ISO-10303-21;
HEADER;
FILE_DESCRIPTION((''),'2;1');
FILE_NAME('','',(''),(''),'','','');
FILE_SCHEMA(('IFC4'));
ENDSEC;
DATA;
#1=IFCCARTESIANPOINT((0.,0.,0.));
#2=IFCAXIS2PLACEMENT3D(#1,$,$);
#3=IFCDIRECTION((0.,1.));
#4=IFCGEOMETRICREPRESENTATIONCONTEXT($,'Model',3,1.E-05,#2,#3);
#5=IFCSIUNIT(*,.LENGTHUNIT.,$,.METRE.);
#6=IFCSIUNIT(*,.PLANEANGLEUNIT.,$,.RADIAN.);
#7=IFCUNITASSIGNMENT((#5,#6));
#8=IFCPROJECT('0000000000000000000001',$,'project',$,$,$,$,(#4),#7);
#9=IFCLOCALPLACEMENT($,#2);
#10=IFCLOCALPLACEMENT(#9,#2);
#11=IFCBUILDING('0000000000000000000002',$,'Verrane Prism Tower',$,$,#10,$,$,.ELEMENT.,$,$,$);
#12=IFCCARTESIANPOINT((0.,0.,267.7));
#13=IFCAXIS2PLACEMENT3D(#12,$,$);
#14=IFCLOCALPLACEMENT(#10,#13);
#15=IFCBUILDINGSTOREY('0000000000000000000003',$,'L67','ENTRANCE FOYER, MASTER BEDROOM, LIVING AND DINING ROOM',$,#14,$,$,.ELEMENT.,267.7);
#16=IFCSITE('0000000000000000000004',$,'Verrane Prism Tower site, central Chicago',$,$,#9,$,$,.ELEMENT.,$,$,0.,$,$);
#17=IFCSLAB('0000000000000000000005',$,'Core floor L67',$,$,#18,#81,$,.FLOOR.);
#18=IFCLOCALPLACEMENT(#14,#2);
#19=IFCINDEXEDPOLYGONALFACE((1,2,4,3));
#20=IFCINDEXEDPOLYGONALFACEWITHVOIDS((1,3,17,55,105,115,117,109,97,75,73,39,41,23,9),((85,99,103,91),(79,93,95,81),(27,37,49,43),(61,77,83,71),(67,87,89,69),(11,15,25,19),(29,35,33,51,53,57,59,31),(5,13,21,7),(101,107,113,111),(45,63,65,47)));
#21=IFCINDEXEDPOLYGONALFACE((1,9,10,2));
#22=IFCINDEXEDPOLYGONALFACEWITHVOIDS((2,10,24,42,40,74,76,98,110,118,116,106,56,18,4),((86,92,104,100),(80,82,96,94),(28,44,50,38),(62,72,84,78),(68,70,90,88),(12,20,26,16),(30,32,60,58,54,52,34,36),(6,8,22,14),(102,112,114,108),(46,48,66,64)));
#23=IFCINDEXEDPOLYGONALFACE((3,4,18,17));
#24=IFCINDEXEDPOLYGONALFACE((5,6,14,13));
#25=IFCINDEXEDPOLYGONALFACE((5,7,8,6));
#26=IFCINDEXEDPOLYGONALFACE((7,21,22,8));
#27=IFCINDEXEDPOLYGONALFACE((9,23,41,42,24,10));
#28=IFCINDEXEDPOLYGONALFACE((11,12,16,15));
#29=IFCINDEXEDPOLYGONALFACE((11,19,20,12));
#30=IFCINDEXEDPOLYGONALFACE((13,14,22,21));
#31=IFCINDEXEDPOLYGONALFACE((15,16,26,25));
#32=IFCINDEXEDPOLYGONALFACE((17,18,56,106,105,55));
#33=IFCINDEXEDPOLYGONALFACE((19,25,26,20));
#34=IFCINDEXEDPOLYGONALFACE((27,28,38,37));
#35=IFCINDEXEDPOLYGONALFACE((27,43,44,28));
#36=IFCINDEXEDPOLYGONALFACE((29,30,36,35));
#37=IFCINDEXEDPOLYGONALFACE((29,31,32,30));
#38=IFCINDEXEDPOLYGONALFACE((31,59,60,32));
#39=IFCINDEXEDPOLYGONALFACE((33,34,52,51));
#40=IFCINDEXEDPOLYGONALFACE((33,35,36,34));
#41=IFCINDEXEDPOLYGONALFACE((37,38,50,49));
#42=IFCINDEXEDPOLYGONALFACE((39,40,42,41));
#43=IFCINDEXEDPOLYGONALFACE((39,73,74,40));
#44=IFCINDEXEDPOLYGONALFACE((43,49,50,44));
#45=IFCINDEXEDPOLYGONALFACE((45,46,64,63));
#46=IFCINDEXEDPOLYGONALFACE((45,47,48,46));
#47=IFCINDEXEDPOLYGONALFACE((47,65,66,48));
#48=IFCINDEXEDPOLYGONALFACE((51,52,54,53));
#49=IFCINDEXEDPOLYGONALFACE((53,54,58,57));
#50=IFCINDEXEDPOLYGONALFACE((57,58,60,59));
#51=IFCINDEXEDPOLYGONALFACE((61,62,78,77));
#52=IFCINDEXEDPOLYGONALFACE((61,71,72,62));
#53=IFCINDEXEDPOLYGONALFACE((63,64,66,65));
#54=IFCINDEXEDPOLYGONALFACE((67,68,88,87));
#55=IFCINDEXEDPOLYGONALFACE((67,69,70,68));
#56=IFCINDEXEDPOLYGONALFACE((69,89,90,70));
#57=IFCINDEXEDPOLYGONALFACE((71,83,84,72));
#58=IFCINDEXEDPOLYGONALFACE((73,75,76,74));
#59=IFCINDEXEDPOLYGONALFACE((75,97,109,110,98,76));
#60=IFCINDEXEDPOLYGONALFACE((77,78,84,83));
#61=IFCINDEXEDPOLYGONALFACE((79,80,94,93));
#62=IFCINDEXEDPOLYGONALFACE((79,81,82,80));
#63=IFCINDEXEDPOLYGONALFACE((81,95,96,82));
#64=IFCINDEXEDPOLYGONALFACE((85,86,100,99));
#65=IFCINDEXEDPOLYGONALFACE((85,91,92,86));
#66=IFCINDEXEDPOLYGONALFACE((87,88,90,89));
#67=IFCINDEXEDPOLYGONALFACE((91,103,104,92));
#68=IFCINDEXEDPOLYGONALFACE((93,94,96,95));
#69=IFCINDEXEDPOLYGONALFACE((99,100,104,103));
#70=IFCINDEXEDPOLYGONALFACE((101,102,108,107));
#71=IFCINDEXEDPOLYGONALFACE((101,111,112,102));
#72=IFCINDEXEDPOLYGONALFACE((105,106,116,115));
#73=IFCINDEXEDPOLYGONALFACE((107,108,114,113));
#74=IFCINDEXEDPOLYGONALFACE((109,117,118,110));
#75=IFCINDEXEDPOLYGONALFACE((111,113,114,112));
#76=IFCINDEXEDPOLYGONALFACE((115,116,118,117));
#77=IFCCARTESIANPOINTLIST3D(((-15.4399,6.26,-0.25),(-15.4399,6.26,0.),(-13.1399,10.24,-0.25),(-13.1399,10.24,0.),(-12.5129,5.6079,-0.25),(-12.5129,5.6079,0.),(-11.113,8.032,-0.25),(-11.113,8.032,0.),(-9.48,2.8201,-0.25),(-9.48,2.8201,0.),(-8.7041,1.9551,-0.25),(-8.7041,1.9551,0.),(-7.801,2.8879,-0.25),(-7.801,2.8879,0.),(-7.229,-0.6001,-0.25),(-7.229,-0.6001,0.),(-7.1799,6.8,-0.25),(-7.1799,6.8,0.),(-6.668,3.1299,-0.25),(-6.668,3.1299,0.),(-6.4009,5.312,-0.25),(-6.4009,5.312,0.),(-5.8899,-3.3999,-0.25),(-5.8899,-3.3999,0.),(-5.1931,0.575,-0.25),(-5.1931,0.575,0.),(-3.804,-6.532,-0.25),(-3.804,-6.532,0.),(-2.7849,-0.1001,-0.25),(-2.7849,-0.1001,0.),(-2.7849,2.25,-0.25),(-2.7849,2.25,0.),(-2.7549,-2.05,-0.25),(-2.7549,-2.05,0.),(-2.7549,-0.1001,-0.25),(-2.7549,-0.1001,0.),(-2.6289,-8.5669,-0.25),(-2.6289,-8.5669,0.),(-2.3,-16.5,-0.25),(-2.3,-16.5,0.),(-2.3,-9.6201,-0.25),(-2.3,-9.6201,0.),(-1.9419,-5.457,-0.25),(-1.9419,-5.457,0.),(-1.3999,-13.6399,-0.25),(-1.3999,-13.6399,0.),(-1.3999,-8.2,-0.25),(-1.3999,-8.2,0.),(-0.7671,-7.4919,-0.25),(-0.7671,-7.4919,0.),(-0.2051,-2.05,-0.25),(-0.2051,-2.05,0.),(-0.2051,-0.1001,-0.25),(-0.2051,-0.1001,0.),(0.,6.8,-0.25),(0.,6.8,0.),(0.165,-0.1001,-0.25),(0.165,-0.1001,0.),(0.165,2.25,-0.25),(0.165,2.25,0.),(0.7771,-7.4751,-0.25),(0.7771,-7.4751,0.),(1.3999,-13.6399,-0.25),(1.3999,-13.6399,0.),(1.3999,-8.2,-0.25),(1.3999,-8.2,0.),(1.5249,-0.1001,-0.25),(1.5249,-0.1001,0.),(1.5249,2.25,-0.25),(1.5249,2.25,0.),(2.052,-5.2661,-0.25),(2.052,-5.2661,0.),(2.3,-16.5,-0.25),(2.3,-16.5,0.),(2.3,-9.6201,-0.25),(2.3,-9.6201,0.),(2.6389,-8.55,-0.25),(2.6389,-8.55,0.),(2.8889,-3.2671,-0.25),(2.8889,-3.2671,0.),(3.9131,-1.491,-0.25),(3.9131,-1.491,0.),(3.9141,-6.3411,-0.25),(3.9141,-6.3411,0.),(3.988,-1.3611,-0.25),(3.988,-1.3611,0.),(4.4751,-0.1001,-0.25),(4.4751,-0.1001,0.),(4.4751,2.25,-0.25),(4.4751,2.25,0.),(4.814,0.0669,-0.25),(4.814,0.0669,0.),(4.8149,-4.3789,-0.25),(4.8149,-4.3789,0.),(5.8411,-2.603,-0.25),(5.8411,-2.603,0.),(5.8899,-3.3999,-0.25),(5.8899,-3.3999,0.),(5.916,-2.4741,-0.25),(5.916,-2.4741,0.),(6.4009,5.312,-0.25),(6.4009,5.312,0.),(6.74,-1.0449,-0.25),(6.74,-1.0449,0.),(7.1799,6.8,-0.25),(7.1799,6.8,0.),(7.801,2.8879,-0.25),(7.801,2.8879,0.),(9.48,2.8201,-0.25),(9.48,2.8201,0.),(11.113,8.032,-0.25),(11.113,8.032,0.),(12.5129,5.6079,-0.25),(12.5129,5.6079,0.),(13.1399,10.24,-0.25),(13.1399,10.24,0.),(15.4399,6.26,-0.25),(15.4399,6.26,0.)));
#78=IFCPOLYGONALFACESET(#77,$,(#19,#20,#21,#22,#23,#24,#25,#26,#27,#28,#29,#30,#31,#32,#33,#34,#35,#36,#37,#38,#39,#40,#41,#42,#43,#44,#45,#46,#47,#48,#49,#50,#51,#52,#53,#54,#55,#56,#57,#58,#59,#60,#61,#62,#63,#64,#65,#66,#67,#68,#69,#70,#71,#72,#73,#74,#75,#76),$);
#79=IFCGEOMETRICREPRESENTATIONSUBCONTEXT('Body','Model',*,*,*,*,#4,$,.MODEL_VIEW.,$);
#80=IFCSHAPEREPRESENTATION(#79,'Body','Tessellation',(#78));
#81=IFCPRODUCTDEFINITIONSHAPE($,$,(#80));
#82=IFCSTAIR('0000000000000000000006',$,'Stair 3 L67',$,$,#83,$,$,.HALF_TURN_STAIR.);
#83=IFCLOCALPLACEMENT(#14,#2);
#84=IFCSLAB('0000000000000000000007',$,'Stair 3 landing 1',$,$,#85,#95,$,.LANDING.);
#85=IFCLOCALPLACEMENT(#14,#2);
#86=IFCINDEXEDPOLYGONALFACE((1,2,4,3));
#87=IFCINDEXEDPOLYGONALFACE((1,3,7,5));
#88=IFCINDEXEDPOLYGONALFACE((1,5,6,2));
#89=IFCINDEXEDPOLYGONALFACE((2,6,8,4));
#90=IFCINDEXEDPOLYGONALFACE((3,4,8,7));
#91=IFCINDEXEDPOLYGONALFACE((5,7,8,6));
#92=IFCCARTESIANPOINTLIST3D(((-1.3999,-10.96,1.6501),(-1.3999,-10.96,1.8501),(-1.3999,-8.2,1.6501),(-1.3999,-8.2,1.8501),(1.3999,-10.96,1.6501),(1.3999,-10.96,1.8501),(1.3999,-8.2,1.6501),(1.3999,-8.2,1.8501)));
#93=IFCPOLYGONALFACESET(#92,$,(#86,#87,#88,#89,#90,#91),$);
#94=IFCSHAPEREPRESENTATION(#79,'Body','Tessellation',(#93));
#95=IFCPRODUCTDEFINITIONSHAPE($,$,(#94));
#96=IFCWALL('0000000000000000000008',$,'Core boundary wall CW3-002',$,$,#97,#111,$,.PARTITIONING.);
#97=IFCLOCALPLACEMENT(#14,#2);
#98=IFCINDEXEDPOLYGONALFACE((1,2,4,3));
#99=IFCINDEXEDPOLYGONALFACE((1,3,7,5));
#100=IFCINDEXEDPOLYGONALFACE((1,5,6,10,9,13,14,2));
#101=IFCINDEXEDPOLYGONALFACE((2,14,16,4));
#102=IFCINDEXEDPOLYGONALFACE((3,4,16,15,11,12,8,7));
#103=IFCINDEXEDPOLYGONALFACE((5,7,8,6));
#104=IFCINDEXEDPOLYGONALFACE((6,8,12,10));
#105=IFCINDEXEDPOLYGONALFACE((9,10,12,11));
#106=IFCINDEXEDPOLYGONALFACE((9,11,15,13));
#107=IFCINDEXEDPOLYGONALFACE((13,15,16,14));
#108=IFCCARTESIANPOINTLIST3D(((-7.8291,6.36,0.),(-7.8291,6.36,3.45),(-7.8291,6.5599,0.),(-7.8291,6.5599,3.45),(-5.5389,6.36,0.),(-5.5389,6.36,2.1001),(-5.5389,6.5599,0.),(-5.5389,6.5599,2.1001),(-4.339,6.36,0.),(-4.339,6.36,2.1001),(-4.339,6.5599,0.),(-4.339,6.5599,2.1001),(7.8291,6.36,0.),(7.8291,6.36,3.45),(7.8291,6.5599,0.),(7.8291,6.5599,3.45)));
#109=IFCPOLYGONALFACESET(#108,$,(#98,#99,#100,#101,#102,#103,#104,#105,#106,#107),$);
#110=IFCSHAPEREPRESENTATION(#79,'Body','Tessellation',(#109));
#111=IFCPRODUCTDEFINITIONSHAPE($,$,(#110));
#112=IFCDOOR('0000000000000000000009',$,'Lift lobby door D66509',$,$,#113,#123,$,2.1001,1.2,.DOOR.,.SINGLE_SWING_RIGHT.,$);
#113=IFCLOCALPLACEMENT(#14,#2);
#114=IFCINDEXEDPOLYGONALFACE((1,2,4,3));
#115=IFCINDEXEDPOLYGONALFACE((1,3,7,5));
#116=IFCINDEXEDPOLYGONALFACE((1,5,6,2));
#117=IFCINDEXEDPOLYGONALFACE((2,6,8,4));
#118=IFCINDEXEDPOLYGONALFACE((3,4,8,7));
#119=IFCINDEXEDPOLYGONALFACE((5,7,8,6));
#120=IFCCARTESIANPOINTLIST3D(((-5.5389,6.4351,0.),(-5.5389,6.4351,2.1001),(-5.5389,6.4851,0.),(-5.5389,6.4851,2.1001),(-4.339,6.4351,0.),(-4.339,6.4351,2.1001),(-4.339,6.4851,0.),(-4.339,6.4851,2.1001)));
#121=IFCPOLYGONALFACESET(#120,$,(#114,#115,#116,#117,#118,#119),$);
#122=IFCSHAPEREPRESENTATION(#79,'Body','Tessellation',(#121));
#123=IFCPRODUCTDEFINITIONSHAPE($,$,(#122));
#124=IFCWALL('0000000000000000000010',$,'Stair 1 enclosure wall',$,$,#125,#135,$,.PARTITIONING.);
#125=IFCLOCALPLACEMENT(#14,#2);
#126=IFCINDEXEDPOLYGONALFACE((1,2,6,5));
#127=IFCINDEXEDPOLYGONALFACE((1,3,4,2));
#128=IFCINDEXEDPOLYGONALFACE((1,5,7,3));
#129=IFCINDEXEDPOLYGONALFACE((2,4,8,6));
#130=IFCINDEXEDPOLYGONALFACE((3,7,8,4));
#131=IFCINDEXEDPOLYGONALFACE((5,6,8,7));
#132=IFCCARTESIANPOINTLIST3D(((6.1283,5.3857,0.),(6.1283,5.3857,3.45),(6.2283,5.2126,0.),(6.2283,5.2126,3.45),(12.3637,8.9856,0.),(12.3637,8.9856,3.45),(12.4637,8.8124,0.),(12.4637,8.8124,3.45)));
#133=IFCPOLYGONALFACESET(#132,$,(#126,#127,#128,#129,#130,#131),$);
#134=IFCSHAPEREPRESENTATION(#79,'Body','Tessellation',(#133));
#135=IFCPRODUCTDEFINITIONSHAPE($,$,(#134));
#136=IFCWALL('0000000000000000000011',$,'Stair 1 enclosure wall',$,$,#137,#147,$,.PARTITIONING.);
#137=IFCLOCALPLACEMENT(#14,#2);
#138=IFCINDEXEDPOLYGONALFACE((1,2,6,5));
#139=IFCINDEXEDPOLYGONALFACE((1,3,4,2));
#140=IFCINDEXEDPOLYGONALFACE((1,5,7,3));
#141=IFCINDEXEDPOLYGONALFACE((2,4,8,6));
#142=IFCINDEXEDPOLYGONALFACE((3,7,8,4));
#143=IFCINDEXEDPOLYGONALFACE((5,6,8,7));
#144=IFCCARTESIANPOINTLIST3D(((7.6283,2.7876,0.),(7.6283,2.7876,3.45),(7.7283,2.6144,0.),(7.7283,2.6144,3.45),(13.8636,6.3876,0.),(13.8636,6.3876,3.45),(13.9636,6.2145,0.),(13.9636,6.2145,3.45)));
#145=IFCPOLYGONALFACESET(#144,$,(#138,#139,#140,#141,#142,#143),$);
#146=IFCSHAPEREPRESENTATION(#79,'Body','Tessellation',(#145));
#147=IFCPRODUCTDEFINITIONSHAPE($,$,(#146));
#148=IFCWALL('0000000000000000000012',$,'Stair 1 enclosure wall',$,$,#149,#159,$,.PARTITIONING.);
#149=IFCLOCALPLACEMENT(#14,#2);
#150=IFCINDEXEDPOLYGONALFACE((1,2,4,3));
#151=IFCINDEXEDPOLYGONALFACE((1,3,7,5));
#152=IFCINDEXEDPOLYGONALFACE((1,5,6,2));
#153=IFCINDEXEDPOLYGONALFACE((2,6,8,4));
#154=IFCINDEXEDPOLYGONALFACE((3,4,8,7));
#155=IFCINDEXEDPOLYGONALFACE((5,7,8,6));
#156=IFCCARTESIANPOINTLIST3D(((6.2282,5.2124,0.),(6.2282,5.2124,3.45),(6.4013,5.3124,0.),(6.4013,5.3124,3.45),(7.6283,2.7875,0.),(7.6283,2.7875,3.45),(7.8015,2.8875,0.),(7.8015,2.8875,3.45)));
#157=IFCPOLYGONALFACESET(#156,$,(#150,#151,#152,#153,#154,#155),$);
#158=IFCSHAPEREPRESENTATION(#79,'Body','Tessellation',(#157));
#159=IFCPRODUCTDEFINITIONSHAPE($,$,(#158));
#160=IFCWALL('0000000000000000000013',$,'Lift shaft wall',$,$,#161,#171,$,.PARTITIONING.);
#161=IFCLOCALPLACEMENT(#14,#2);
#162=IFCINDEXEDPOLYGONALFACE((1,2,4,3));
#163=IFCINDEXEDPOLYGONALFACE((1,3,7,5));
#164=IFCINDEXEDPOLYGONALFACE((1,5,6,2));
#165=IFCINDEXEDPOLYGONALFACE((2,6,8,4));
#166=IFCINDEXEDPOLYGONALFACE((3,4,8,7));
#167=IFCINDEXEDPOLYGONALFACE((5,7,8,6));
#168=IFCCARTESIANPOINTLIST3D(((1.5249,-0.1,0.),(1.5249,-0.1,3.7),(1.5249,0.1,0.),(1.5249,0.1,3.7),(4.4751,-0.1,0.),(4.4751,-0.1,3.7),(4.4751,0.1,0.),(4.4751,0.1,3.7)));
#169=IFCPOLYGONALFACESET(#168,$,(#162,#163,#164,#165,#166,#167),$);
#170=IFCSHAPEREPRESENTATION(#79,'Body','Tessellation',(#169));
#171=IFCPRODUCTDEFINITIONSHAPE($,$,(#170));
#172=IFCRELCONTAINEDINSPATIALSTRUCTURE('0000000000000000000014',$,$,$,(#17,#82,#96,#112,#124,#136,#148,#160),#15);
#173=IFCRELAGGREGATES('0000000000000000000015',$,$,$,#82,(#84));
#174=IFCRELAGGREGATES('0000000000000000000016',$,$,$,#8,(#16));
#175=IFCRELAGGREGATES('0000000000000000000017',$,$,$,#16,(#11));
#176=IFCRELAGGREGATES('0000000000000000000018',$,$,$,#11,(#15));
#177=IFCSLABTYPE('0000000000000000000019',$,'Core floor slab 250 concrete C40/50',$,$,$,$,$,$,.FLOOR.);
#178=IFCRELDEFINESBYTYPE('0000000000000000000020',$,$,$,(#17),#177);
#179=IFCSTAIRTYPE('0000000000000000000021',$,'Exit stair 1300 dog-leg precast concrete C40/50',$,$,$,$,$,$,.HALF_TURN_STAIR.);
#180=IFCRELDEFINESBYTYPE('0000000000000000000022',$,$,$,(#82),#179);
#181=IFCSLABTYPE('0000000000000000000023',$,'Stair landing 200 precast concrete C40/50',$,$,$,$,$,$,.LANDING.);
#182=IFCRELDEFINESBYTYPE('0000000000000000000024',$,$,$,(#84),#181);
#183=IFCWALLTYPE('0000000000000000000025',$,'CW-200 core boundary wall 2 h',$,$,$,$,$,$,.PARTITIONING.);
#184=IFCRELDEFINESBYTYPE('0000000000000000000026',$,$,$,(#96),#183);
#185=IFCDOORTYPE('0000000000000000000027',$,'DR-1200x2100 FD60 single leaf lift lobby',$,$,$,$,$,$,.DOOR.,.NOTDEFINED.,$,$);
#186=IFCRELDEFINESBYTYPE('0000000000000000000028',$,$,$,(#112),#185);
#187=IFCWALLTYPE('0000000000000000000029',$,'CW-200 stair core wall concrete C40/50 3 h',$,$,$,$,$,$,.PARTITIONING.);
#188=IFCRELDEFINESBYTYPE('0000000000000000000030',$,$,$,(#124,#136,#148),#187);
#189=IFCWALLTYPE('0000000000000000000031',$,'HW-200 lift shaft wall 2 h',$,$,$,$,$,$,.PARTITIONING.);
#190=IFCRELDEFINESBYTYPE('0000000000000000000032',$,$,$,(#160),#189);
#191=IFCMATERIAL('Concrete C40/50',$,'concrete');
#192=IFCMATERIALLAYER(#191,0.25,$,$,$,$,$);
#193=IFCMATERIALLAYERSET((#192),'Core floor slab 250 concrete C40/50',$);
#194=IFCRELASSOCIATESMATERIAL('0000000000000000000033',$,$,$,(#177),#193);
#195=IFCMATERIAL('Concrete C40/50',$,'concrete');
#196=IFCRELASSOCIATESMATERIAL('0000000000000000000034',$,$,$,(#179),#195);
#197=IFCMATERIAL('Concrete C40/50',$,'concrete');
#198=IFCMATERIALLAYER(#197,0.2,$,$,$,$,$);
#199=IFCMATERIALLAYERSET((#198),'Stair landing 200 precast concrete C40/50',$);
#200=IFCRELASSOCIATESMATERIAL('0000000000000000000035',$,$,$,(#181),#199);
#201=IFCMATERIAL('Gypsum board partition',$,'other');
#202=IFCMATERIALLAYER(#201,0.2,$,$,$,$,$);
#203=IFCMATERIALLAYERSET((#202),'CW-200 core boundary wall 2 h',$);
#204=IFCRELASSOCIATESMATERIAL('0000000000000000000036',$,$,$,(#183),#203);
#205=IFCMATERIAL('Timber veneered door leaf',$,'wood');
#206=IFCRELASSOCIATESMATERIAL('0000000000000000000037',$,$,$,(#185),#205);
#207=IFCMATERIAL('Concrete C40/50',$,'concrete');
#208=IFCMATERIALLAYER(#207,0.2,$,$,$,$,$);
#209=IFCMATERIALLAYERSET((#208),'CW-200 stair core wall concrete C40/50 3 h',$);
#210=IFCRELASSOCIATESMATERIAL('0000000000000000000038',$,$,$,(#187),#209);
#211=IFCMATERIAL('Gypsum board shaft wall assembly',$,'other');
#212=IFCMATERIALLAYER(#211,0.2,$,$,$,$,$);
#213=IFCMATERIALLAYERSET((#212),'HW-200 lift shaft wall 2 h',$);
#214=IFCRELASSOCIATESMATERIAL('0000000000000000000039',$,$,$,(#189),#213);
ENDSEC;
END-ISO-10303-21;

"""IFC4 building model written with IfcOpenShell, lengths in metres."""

from ifc_helpers import new_model, si_unit, direction, frame, frame_2d, origin, place, context, subcontext, project, spatial, polyline, rectangle, outline, extrude, material, layer, layer_set, type_object, element, fill, aggregate, save


model = new_model("IFC4")

# Units and contexts
model_context = context("Model", 3, precision=1e-05, world=origin(), true_north=direction((0.0, 1.0)))
body_context = subcontext(model_context, "Body", "Model", "MODEL_VIEW")
ifc_project = project(units=[si_unit("LENGTHUNIT", "METRE"), si_unit("PLANEANGLEUNIT", "RADIAN")], contexts=[model_context])

# Site, building, storey
site_placement = place(None, origin())
site = spatial("IfcSite", under=ifc_project, at=site_placement, Name="Verrane Prism Tower site, central Chicago", CompositionType="ELEMENT", RefElevation=0.0)
building_placement = place(site_placement, origin())
building = spatial("IfcBuilding", under=site, at=building_placement, Name="Verrane Prism Tower", CompositionType="ELEMENT")
storey_placement = place(building_placement, frame((0.0, 0.0, 267.7)))
storey = spatial("IfcBuildingStorey", under=building, at=storey_placement, Name="L67", Description="ENTRANCE FOYER, MASTER BEDROOM, LIVING AND DINING ROOM", CompositionType="ELEMENT", Elevation=267.7)

# Slab
ifc_material_1 = material(Name="Concrete C40/50", Category="concrete")
ifc_layer_1 = layer(ifc_material_1, 0.25)
ifc_layer_set_1 = layer_set([ifc_layer_1], Name="Core floor slab 250 concrete C40/50")
slab_type_1 = type_object("IfcSlabType", Name="Core floor slab 250 concrete C40/50", PredefinedType="FLOOR", material=ifc_layer_set_1)
slab_1_placement = place(storey_placement, frame((0.0, 0.0, -0.25)))
element("IfcSlab", 1, at=slab_1_placement, inside=storey, type_object=slab_type_1, Name="Core floor L67", PredefinedType="FLOOR", context=body_context, shape_type="SweptSolid", body=[
    extrude(outline(polyline([(9.48, 2.8201), (15.4399, 6.26), (13.1399, 10.24), (7.1799, 6.8), (0.0, 6.8), (-7.1799, 6.8), (-13.1399, 10.24), (-15.4399, 6.26), (-9.48, 2.8201), (-5.8899, -3.3999), (-2.3, -9.6201), (-2.3, -16.5), (2.3, -16.5), (2.3, -9.6201), (5.8899, -3.3999), (9.48, 2.8201)]), holes=[polyline([(-1.3999, -8.2), (1.3999, -8.2), (1.3999, -13.6399), (-1.3999, -13.6399), (-1.3999, -8.2)]), polyline([(-0.7671, -7.4919), (-2.6289, -8.5669), (-3.804, -6.532), (-1.9419, -5.457), (-0.7671, -7.4919)]), polyline([(3.9141, -6.3411), (2.6389, -8.55), (0.7771, -7.4751), (2.052, -5.2661), (3.9141, -6.3411)]), polyline([(4.8149, -4.3789), (2.8889, -3.2671), (3.9131, -1.491), (5.8411, -2.603), (4.8149, -4.3789)]), polyline([(6.74, -1.0449), (5.916, -2.4741), (3.988, -1.3611), (4.814, 0.0669), (6.74, -1.0449)]), polyline([(-2.7849, -0.1001), (-2.7849, 2.25), (0.165, 2.25), (0.165, -0.1001), (-0.2051, -0.1001), (-0.2051, -2.05), (-2.7549, -2.05), (-2.7549, -0.1001), (-2.7849, -0.1001)]), polyline([(4.4751, 2.25), (4.4751, -0.1001), (1.5249, -0.1001), (1.5249, 2.25), (4.4751, 2.25)]), polyline([(-8.7041, 1.9551), (-6.668, 3.1299), (-5.1931, 0.575), (-7.229, -0.6001), (-8.7041, 1.9551)]), polyline([(-7.801, 2.8879), (-12.5129, 5.6079), (-11.113, 8.032), (-6.4009, 5.312), (-7.801, 2.8879)]), polyline([(6.4009, 5.312), (11.113, 8.032), (12.5129, 5.6079), (7.801, 2.8879), (6.4009, 5.312)])]), origin(), (0.0, 0.0, 1.0), 0.25),
])

# Stair, slab
ifc_material_2 = material(Name="Concrete C40/50", Category="concrete")
stair_type = type_object("IfcStairType", Name="Exit stair 1300 dog-leg precast concrete C40/50", PredefinedType="HALF_TURN_STAIR", material=ifc_material_2)
stair_1_placement = place(storey_placement, origin())
stair_1 = element("IfcStair", 2, at=stair_1_placement, inside=storey, type_object=stair_type, Name="Stair 3 L67", PredefinedType="HALF_TURN_STAIR")
ifc_material_3 = material(Name="Concrete C40/50", Category="concrete")
ifc_layer_2 = layer(ifc_material_3, 0.2)
ifc_layer_set_2 = layer_set([ifc_layer_2], Name="Stair landing 200 precast concrete C40/50")
slab_type_2 = type_object("IfcSlabType", Name="Stair landing 200 precast concrete C40/50", PredefinedType="LANDING", material=ifc_layer_set_2)
slab_2_placement = place(storey_placement, frame((0.0, 0.0, 1.6501)))
slab_2 = element("IfcSlab", 3, at=slab_2_placement, type_object=slab_type_2, Name="Stair 3 landing 1", PredefinedType="LANDING", context=body_context, shape_type="SweptSolid", body=[
    extrude(outline(polyline([(1.3999, -10.96), (1.3999, -8.2), (-1.3999, -8.2), (-1.3999, -10.96), (1.3999, -10.96)])), origin(), (0.0, 0.0, 1.0), 0.2),
])
aggregate(stair_1, [slab_2])

# Wall, opening, door
ifc_material_4 = material(Name="Gypsum board partition", Category="other")
ifc_layer_3 = layer(ifc_material_4, 0.2)
ifc_layer_set_3 = layer_set([ifc_layer_3], Name="CW-200 core boundary wall 2 h")
wall_type_1 = type_object("IfcWallType", Name="CW-200 core boundary wall 2 h", PredefinedType="PARTITIONING", material=ifc_layer_set_3)
wall_1_placement = place(storey_placement, frame((7.8291, 6.46, 0.0), z_axis=(0.0, 0.0, 1.0), x_axis=(-1.0, 0.0, 0.0)))
wall_1 = element("IfcWall", 4, at=wall_1_placement, inside=storey, type_object=wall_type_1, Name="Core boundary wall CW3-002", PredefinedType="PARTITIONING", context=body_context, shape_type="SweptSolid", body=[
    extrude(rectangle(XDim=15.6582, YDim=0.2, at=frame_2d((7.8291, 0.0))), origin(), (0.0, 0.0, 1.0), 3.45),
])
opening_1_placement = place(wall_1_placement, frame((12.168, 0.0, 0.0)))
opening_1 = element("IfcOpeningElement", 5, at=opening_1_placement, cuts=wall_1, PredefinedType="OPENING", context=body_context, shape_type="SweptSolid", body=[
    extrude(rectangle(XDim=1.2, YDim=2.1001, at=frame_2d((0.6001, 1.05))), frame((0.0, 0.1099, 0.0), z_axis=(0.0, -1.0, 0.0), x_axis=(1.0, 0.0, 0.0)), (0.0, 0.0, 1.0), 0.22),
])
ifc_material_5 = material(Name="Timber veneered door leaf", Category="wood")
door_type_1 = type_object("IfcDoorType", Name="DR-1200x2100 FD60 single leaf lift lobby", OperationType="NOTDEFINED", PredefinedType="DOOR", material=ifc_material_5)
door_1_placement = place(opening_1_placement, origin())
door_1 = element("IfcDoor", 6, at=door_1_placement, inside=storey, type_object=door_type_1, Name="Lift lobby door D66509", OperationType="SINGLE_SWING_RIGHT", OverallHeight=2.1001, OverallWidth=1.2, PredefinedType="DOOR", context=body_context, shape_type="SweptSolid", body=[
    extrude(rectangle(XDim=1.2, YDim=2.1001, at=frame_2d((0.6001, 1.05))), frame((0.0, 0.0249, 0.0), z_axis=(0.0, -1.0, 0.0), x_axis=(1.0, 0.0, 0.0)), (0.0, 0.0, 1.0), 0.05),
])
fill(opening_1, door_1)

# Walls
ifc_material_6 = material(Name="Concrete C40/50", Category="concrete")
ifc_layer_4 = layer(ifc_material_6, 0.2)
ifc_layer_set_4 = layer_set([ifc_layer_4], Name="CW-200 stair core wall concrete C40/50 3 h")
wall_type_2 = type_object("IfcWallType", Name="CW-200 stair core wall concrete C40/50 3 h", PredefinedType="PARTITIONING", material=ifc_layer_set_4)
for number, where, z_axis, x_axis, name in (
    (7, (6.1782, 5.2991, 0.0), (0.0, 0.0, 1.0), (0.866033, 0.499987, 0.0), "Stair 1 enclosure wall"),
    (8, (7.6782, 2.7009, 0.0), (0.0, 0.0, 1.0), (0.866018, 0.500012, 0.0), "Stair 1 enclosure wall"),
):
    element("IfcWall", number, at=place(storey_placement, frame(where, z_axis=z_axis, x_axis=x_axis)), inside=storey, type_object=wall_type_2, Name=name, PredefinedType="PARTITIONING", context=body_context, shape_type="SweptSolid", body=[
        extrude(rectangle(XDim=7.2, YDim=0.2, at=frame_2d((3.6001, 0.0))), origin(), (0.0, 0.0, 1.0), 3.45),
    ])
wall_2_placement = place(storey_placement, frame((7.7148, 2.8376, 0.0), z_axis=(0.0, 0.0, 1.0), x_axis=(-0.50005, 0.865997, 0.0)))
element("IfcWall", 9, at=wall_2_placement, inside=storey, type_object=wall_type_2, Name="Stair 1 enclosure wall", PredefinedType="PARTITIONING", context=body_context, shape_type="SweptSolid", body=[
    extrude(rectangle(XDim=2.8, YDim=0.2, at=frame_2d((1.3999, 0.0))), origin(), (0.0, 0.0, 1.0), 3.45),
])
ifc_material_7 = material(Name="Gypsum board shaft wall assembly", Category="other")
ifc_layer_5 = layer(ifc_material_7, 0.2)
ifc_layer_set_5 = layer_set([ifc_layer_5], Name="HW-200 lift shaft wall 2 h")
wall_type_3 = type_object("IfcWallType", Name="HW-200 lift shaft wall 2 h", PredefinedType="PARTITIONING", material=ifc_layer_set_5)
wall_3_placement = place(storey_placement, frame((1.5249, 0.0, 0.0), z_axis=(0.0, 0.0, 1.0), x_axis=(1.0, 0.0, 0.0)))
element("IfcWall", 10, at=wall_3_placement, inside=storey, type_object=wall_type_3, Name="Lift shaft wall", PredefinedType="PARTITIONING", context=body_context, shape_type="SweptSolid", body=[
    extrude(rectangle(XDim=2.9502, YDim=0.2, at=frame_2d((1.4751, 0.0))), origin(), (0.0, 0.0, 1.0), 3.7),
])

save(model, "model.ifc")
